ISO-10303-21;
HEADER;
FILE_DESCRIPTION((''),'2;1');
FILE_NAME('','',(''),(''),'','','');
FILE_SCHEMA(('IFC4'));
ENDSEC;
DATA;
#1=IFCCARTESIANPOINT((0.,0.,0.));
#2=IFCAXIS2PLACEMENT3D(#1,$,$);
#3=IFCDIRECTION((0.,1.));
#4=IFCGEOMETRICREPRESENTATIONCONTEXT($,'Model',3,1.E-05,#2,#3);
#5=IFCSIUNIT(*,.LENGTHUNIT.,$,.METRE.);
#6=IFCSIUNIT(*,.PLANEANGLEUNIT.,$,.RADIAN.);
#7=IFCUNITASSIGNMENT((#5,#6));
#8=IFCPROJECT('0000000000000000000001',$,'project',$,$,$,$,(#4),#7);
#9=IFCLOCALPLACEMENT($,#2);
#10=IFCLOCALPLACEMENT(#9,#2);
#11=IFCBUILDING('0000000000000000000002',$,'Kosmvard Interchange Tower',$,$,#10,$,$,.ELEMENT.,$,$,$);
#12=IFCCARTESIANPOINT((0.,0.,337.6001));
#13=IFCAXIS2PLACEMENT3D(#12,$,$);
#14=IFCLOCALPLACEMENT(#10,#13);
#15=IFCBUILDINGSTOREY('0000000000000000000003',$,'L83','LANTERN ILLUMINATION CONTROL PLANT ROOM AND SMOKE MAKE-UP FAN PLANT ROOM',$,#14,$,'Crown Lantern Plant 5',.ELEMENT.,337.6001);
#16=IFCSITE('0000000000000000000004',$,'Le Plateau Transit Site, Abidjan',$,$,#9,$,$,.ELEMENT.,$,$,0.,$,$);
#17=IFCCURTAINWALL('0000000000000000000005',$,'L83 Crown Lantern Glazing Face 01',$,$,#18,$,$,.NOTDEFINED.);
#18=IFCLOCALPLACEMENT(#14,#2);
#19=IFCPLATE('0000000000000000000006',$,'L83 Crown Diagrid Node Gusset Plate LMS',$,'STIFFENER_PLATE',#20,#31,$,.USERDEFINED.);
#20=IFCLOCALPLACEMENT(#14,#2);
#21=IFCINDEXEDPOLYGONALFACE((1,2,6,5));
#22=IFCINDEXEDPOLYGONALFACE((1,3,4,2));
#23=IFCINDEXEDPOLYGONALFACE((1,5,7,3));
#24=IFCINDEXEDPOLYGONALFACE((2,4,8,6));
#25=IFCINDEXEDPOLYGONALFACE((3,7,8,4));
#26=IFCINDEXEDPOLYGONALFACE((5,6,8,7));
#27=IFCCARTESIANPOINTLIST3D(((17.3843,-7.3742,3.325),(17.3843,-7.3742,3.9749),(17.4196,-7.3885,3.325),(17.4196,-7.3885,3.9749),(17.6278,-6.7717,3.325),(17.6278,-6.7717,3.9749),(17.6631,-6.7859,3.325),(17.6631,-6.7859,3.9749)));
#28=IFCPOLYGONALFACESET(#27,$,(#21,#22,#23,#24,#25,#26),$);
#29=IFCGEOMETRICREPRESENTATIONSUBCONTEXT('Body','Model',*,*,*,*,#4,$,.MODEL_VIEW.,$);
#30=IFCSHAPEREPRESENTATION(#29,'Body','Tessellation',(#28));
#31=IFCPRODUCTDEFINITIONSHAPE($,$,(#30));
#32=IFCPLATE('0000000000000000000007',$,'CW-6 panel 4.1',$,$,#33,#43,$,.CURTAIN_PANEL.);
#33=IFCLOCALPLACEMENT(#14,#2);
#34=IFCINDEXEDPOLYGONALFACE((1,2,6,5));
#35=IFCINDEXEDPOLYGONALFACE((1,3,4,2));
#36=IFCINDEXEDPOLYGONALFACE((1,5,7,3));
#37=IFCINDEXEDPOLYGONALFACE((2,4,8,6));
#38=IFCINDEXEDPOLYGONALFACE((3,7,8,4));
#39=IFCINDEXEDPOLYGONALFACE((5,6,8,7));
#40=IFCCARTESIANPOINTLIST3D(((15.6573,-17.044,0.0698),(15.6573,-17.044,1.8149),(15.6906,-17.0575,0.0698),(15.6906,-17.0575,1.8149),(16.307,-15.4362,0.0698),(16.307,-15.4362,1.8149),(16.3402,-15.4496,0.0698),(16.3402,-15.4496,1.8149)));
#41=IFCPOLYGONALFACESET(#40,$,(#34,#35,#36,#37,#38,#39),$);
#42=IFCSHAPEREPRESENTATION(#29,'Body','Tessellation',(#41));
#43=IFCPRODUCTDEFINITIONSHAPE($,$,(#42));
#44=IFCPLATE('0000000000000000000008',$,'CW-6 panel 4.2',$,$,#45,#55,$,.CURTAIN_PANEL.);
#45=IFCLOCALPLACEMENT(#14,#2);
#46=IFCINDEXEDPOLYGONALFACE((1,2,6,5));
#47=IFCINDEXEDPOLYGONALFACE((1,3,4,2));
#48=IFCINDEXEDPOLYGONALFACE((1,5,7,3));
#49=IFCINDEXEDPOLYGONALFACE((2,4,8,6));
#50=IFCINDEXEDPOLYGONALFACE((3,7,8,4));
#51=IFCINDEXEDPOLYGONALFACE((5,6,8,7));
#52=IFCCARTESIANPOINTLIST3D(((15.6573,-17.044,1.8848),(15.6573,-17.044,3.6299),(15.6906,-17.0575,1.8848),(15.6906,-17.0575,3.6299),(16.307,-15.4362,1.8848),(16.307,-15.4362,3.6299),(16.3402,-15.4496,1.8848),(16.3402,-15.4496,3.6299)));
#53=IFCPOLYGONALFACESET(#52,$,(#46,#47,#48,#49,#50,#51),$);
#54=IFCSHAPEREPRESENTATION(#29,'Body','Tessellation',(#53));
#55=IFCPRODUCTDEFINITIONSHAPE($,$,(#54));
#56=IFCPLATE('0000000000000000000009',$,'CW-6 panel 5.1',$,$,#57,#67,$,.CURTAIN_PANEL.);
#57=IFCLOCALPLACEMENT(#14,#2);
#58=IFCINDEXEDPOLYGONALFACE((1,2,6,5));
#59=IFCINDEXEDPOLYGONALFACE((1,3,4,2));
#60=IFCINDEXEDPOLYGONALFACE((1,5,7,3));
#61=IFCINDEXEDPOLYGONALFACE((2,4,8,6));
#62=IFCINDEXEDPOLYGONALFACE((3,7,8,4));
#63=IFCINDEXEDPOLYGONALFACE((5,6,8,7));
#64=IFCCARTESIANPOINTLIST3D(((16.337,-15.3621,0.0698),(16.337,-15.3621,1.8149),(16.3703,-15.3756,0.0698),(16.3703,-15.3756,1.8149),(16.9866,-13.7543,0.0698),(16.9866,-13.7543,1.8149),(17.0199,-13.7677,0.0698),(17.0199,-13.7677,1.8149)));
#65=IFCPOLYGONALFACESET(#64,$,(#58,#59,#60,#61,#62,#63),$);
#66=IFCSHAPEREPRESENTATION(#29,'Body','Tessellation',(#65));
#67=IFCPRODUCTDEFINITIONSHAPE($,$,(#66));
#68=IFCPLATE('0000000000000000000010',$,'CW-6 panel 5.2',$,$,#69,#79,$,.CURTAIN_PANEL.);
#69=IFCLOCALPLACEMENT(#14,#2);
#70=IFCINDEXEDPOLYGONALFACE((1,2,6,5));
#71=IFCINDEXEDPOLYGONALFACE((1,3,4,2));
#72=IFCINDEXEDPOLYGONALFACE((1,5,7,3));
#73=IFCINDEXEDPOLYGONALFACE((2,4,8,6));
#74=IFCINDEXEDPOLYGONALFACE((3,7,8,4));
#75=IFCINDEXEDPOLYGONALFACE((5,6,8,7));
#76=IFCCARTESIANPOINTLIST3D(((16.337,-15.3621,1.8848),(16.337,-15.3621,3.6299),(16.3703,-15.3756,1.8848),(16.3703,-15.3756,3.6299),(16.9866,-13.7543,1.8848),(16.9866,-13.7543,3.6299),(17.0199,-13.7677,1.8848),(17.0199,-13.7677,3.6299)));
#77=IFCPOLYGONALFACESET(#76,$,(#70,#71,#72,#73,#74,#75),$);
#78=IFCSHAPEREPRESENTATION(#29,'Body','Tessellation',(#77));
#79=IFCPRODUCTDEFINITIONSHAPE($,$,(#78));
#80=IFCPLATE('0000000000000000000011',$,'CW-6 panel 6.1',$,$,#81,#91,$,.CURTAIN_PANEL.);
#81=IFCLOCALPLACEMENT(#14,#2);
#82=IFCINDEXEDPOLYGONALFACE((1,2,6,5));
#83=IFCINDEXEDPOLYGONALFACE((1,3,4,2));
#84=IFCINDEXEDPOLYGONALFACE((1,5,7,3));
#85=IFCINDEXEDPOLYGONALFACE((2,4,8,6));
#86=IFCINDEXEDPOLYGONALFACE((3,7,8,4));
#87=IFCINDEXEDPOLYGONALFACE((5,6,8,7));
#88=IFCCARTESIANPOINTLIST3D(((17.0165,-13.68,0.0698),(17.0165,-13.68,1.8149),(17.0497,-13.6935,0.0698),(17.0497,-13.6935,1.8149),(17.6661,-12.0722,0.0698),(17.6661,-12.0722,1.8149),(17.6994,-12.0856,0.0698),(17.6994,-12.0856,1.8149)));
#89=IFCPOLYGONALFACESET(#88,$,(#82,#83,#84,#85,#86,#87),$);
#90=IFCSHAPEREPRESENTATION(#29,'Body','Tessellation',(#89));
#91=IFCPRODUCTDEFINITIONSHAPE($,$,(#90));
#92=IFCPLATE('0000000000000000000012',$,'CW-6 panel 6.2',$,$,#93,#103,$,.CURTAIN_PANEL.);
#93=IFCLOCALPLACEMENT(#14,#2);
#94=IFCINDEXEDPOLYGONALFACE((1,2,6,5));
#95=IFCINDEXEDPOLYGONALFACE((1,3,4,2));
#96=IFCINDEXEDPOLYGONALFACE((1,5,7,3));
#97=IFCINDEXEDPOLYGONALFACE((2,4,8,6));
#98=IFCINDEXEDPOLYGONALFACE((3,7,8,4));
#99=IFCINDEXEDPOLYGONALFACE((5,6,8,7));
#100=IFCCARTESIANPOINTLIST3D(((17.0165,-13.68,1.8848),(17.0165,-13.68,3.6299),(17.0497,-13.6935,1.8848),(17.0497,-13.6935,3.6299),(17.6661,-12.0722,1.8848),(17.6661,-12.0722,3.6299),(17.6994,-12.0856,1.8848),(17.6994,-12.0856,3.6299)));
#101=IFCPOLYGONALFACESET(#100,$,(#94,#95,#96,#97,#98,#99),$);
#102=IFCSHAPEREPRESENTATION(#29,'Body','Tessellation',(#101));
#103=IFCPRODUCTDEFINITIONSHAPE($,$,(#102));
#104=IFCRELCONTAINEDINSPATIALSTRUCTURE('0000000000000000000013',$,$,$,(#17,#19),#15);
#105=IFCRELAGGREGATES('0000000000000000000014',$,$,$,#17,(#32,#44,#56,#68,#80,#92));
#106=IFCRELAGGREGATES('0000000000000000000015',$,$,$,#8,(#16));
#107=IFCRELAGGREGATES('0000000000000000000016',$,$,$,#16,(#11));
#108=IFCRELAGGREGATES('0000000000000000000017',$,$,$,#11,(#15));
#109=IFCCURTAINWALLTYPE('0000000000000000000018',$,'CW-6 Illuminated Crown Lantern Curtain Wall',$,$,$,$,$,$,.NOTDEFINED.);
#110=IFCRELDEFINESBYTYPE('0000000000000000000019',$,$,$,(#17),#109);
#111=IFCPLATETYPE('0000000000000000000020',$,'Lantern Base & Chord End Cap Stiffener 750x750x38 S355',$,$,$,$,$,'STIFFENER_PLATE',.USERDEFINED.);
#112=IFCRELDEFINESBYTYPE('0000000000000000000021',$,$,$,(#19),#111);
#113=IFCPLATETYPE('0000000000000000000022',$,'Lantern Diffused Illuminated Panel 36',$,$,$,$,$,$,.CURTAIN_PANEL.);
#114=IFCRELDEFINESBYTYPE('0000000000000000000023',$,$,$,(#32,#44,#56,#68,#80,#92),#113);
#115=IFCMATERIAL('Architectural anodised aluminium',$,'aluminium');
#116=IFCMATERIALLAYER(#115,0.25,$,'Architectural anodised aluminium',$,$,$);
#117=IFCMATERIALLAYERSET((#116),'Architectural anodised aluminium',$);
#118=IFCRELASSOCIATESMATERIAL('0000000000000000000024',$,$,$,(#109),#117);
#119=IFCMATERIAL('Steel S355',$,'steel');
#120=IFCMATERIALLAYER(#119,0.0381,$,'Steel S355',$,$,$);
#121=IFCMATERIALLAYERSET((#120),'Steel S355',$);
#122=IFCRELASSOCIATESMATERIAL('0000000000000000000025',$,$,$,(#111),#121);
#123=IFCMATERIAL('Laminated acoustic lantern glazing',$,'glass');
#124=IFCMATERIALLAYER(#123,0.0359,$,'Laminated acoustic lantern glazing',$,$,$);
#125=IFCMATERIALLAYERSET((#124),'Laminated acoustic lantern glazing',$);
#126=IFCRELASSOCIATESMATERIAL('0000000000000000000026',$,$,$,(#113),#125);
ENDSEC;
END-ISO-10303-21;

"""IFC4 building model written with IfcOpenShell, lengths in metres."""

from ifc_helpers import new_model, si_unit, direction, frame, origin, origin_2d, place, context, subcontext, project, spatial, rectangle, extrude, source, transform, mapped, material, layer, layer_set, type_object, element, aggregate, save


model = new_model("IFC4")

# Units and contexts
model_context = context("Model", 3, precision=1e-05, world=origin(), true_north=direction((0.0, 1.0)))
body_context = subcontext(model_context, "Body", "Model", "MODEL_VIEW")
ifc_project = project(units=[si_unit("LENGTHUNIT", "METRE"), si_unit("PLANEANGLEUNIT", "RADIAN")], contexts=[model_context])

# Site, building, storey
site_placement = place(None, origin())
site = spatial("IfcSite", under=ifc_project, at=site_placement, Name="Le Plateau Transit Site, Abidjan", CompositionType="ELEMENT", RefElevation=0.0)
building_placement = place(site_placement, origin())
building = spatial("IfcBuilding", under=site, at=building_placement, Name="Kosmvard Interchange Tower", CompositionType="ELEMENT")
storey_placement = place(building_placement, frame((0.0, 0.0, 337.6001)))
storey = spatial("IfcBuildingStorey", under=building, at=storey_placement, Name="L83", Description="LANTERN ILLUMINATION CONTROL PLANT ROOM AND SMOKE MAKE-UP FAN PLANT ROOM", LongName="Crown Lantern Plant 5", CompositionType="ELEMENT", Elevation=337.6001)

# Shared definitions
ifc_material_1 = material(Name="Steel S355", Category="steel")

# Curtain wall
ifc_material_2 = material(Name="Architectural anodised aluminium", Category="aluminium")
ifc_layer_1 = layer(ifc_material_2, 0.25, Name="Architectural anodised aluminium")
ifc_layer_set_1 = layer_set([ifc_layer_1], Name="Architectural anodised aluminium")
curtain_wall_type = type_object("IfcCurtainWallType", Name="CW-6 Illuminated Crown Lantern Curtain Wall", PredefinedType="NOTDEFINED", material=ifc_layer_set_1)
curtain_wall_placement = place(storey_placement, origin())
curtain_wall = element("IfcCurtainWall", 1, at=curtain_wall_placement, inside=storey, type_object=curtain_wall_type, Name="L83 Crown Lantern Glazing Face 01", PredefinedType="NOTDEFINED")

# Plates
ifc_layer_2 = layer(ifc_material_1, 0.0381, Name="Steel S355")
ifc_layer_set_2 = layer_set([ifc_layer_2], Name="Steel S355")
plate_type_1 = type_object("IfcPlateType", Name="Lantern Base & Chord End Cap Stiffener 750x750x38 S355", ElementType="STIFFENER_PLATE", PredefinedType="USERDEFINED", material=ifc_layer_set_2)
shared_shape_1 = source(origin(), body_context, "Body", "SweptSolid", [
    extrude(rectangle(XDim=0.6499, YDim=0.0381, at=origin_2d()), origin(), (0.0, 0.0, 1.0), 0.6499),
])
plate_1_placement = place(storey_placement, frame((17.5237, -7.0801, 3.325), z_axis=(0.0, 0.0, 1.0), x_axis=(0.374607, 0.927184, 0.0)))
element("IfcPlate", 2, at=plate_1_placement, inside=storey, type_object=plate_type_1, Name="L83 Crown Diagrid Node Gusset Plate LMS", ObjectType="STIFFENER_PLATE", PredefinedType="USERDEFINED", context=body_context, shape_type="MappedRepresentation", body=[
    mapped(shared_shape_1, transform((0.0, 0.0, 0.0), scale=1.0)),
])
ifc_material_3 = material(Name="Laminated acoustic lantern glazing", Category="glass")
ifc_layer_3 = layer(ifc_material_3, 0.0359, Name="Laminated acoustic lantern glazing")
ifc_layer_set_3 = layer_set([ifc_layer_3], Name="Laminated acoustic lantern glazing")
plate_type_2 = type_object("IfcPlateType", Name="Lantern Diffused Illuminated Panel 36", PredefinedType="CURTAIN_PANEL", material=ifc_layer_set_3)
shared_shape_2 = source(origin(), body_context, "Body", "SweptSolid", [
    extrude(rectangle(XDim=1.7341, YDim=0.0359, at=origin_2d()), origin(), (0.0, 0.0, 1.0), 1.7451),
])
plate_2_placement = place(storey_placement, frame((15.9988, -16.2468, 0.0698), z_axis=(0.0, 0.0, 1.0), x_axis=(0.374607, 0.927184, 0.0)))
plate_2 = element("IfcPlate", 3, at=plate_2_placement, type_object=plate_type_2, Name="CW-6 panel 4.1", PredefinedType="CURTAIN_PANEL", context=body_context, shape_type="MappedRepresentation", body=[
    mapped(shared_shape_2, transform((0.0, 0.0, 0.0), scale=1.0)),
])
plate_3_placement = place(storey_placement, frame((15.9988, -16.2468, 1.8848), z_axis=(0.0, 0.0, 1.0), x_axis=(0.374607, 0.927184, 0.0)))
plate_3 = element("IfcPlate", 4, at=plate_3_placement, type_object=plate_type_2, Name="CW-6 panel 4.2", PredefinedType="CURTAIN_PANEL", context=body_context, shape_type="MappedRepresentation", body=[
    mapped(shared_shape_2, transform((0.0, 0.0, 0.0), scale=1.0)),
])
plate_4_placement = place(storey_placement, frame((16.6785, -14.5649, 0.0698), z_axis=(0.0, 0.0, 1.0), x_axis=(0.374607, 0.927184, 0.0)))
plate_4 = element("IfcPlate", 5, at=plate_4_placement, type_object=plate_type_2, Name="CW-6 panel 5.1", PredefinedType="CURTAIN_PANEL", context=body_context, shape_type="MappedRepresentation", body=[
    mapped(shared_shape_2, transform((0.0, 0.0, 0.0), scale=1.0)),
])
plate_5_placement = place(storey_placement, frame((16.6785, -14.5649, 1.8848), z_axis=(0.0, 0.0, 1.0), x_axis=(0.374607, 0.927184, 0.0)))
plate_5 = element("IfcPlate", 6, at=plate_5_placement, type_object=plate_type_2, Name="CW-6 panel 5.2", PredefinedType="CURTAIN_PANEL", context=body_context, shape_type="MappedRepresentation", body=[
    mapped(shared_shape_2, transform((0.0, 0.0, 0.0), scale=1.0)),
])
plate_6_placement = place(storey_placement, frame((17.3579, -12.8828, 0.0698), z_axis=(0.0, 0.0, 1.0), x_axis=(0.374607, 0.927184, 0.0)))
plate_6 = element("IfcPlate", 7, at=plate_6_placement, type_object=plate_type_2, Name="CW-6 panel 6.1", PredefinedType="CURTAIN_PANEL", context=body_context, shape_type="MappedRepresentation", body=[
    mapped(shared_shape_2, transform((0.0, 0.0, 0.0), scale=1.0)),
])
plate_7_placement = place(storey_placement, frame((17.3579, -12.8828, 1.8848), z_axis=(0.0, 0.0, 1.0), x_axis=(0.374607, 0.927184, 0.0)))
plate_7 = element("IfcPlate", 8, at=plate_7_placement, type_object=plate_type_2, Name="CW-6 panel 6.2", PredefinedType="CURTAIN_PANEL", context=body_context, shape_type="MappedRepresentation", body=[
    mapped(shared_shape_2, transform((0.0, 0.0, 0.0), scale=1.0)),
])
aggregate(curtain_wall, [plate_2, plate_3, plate_4, plate_5, plate_6, plate_7])

save(model, "model.ifc")
